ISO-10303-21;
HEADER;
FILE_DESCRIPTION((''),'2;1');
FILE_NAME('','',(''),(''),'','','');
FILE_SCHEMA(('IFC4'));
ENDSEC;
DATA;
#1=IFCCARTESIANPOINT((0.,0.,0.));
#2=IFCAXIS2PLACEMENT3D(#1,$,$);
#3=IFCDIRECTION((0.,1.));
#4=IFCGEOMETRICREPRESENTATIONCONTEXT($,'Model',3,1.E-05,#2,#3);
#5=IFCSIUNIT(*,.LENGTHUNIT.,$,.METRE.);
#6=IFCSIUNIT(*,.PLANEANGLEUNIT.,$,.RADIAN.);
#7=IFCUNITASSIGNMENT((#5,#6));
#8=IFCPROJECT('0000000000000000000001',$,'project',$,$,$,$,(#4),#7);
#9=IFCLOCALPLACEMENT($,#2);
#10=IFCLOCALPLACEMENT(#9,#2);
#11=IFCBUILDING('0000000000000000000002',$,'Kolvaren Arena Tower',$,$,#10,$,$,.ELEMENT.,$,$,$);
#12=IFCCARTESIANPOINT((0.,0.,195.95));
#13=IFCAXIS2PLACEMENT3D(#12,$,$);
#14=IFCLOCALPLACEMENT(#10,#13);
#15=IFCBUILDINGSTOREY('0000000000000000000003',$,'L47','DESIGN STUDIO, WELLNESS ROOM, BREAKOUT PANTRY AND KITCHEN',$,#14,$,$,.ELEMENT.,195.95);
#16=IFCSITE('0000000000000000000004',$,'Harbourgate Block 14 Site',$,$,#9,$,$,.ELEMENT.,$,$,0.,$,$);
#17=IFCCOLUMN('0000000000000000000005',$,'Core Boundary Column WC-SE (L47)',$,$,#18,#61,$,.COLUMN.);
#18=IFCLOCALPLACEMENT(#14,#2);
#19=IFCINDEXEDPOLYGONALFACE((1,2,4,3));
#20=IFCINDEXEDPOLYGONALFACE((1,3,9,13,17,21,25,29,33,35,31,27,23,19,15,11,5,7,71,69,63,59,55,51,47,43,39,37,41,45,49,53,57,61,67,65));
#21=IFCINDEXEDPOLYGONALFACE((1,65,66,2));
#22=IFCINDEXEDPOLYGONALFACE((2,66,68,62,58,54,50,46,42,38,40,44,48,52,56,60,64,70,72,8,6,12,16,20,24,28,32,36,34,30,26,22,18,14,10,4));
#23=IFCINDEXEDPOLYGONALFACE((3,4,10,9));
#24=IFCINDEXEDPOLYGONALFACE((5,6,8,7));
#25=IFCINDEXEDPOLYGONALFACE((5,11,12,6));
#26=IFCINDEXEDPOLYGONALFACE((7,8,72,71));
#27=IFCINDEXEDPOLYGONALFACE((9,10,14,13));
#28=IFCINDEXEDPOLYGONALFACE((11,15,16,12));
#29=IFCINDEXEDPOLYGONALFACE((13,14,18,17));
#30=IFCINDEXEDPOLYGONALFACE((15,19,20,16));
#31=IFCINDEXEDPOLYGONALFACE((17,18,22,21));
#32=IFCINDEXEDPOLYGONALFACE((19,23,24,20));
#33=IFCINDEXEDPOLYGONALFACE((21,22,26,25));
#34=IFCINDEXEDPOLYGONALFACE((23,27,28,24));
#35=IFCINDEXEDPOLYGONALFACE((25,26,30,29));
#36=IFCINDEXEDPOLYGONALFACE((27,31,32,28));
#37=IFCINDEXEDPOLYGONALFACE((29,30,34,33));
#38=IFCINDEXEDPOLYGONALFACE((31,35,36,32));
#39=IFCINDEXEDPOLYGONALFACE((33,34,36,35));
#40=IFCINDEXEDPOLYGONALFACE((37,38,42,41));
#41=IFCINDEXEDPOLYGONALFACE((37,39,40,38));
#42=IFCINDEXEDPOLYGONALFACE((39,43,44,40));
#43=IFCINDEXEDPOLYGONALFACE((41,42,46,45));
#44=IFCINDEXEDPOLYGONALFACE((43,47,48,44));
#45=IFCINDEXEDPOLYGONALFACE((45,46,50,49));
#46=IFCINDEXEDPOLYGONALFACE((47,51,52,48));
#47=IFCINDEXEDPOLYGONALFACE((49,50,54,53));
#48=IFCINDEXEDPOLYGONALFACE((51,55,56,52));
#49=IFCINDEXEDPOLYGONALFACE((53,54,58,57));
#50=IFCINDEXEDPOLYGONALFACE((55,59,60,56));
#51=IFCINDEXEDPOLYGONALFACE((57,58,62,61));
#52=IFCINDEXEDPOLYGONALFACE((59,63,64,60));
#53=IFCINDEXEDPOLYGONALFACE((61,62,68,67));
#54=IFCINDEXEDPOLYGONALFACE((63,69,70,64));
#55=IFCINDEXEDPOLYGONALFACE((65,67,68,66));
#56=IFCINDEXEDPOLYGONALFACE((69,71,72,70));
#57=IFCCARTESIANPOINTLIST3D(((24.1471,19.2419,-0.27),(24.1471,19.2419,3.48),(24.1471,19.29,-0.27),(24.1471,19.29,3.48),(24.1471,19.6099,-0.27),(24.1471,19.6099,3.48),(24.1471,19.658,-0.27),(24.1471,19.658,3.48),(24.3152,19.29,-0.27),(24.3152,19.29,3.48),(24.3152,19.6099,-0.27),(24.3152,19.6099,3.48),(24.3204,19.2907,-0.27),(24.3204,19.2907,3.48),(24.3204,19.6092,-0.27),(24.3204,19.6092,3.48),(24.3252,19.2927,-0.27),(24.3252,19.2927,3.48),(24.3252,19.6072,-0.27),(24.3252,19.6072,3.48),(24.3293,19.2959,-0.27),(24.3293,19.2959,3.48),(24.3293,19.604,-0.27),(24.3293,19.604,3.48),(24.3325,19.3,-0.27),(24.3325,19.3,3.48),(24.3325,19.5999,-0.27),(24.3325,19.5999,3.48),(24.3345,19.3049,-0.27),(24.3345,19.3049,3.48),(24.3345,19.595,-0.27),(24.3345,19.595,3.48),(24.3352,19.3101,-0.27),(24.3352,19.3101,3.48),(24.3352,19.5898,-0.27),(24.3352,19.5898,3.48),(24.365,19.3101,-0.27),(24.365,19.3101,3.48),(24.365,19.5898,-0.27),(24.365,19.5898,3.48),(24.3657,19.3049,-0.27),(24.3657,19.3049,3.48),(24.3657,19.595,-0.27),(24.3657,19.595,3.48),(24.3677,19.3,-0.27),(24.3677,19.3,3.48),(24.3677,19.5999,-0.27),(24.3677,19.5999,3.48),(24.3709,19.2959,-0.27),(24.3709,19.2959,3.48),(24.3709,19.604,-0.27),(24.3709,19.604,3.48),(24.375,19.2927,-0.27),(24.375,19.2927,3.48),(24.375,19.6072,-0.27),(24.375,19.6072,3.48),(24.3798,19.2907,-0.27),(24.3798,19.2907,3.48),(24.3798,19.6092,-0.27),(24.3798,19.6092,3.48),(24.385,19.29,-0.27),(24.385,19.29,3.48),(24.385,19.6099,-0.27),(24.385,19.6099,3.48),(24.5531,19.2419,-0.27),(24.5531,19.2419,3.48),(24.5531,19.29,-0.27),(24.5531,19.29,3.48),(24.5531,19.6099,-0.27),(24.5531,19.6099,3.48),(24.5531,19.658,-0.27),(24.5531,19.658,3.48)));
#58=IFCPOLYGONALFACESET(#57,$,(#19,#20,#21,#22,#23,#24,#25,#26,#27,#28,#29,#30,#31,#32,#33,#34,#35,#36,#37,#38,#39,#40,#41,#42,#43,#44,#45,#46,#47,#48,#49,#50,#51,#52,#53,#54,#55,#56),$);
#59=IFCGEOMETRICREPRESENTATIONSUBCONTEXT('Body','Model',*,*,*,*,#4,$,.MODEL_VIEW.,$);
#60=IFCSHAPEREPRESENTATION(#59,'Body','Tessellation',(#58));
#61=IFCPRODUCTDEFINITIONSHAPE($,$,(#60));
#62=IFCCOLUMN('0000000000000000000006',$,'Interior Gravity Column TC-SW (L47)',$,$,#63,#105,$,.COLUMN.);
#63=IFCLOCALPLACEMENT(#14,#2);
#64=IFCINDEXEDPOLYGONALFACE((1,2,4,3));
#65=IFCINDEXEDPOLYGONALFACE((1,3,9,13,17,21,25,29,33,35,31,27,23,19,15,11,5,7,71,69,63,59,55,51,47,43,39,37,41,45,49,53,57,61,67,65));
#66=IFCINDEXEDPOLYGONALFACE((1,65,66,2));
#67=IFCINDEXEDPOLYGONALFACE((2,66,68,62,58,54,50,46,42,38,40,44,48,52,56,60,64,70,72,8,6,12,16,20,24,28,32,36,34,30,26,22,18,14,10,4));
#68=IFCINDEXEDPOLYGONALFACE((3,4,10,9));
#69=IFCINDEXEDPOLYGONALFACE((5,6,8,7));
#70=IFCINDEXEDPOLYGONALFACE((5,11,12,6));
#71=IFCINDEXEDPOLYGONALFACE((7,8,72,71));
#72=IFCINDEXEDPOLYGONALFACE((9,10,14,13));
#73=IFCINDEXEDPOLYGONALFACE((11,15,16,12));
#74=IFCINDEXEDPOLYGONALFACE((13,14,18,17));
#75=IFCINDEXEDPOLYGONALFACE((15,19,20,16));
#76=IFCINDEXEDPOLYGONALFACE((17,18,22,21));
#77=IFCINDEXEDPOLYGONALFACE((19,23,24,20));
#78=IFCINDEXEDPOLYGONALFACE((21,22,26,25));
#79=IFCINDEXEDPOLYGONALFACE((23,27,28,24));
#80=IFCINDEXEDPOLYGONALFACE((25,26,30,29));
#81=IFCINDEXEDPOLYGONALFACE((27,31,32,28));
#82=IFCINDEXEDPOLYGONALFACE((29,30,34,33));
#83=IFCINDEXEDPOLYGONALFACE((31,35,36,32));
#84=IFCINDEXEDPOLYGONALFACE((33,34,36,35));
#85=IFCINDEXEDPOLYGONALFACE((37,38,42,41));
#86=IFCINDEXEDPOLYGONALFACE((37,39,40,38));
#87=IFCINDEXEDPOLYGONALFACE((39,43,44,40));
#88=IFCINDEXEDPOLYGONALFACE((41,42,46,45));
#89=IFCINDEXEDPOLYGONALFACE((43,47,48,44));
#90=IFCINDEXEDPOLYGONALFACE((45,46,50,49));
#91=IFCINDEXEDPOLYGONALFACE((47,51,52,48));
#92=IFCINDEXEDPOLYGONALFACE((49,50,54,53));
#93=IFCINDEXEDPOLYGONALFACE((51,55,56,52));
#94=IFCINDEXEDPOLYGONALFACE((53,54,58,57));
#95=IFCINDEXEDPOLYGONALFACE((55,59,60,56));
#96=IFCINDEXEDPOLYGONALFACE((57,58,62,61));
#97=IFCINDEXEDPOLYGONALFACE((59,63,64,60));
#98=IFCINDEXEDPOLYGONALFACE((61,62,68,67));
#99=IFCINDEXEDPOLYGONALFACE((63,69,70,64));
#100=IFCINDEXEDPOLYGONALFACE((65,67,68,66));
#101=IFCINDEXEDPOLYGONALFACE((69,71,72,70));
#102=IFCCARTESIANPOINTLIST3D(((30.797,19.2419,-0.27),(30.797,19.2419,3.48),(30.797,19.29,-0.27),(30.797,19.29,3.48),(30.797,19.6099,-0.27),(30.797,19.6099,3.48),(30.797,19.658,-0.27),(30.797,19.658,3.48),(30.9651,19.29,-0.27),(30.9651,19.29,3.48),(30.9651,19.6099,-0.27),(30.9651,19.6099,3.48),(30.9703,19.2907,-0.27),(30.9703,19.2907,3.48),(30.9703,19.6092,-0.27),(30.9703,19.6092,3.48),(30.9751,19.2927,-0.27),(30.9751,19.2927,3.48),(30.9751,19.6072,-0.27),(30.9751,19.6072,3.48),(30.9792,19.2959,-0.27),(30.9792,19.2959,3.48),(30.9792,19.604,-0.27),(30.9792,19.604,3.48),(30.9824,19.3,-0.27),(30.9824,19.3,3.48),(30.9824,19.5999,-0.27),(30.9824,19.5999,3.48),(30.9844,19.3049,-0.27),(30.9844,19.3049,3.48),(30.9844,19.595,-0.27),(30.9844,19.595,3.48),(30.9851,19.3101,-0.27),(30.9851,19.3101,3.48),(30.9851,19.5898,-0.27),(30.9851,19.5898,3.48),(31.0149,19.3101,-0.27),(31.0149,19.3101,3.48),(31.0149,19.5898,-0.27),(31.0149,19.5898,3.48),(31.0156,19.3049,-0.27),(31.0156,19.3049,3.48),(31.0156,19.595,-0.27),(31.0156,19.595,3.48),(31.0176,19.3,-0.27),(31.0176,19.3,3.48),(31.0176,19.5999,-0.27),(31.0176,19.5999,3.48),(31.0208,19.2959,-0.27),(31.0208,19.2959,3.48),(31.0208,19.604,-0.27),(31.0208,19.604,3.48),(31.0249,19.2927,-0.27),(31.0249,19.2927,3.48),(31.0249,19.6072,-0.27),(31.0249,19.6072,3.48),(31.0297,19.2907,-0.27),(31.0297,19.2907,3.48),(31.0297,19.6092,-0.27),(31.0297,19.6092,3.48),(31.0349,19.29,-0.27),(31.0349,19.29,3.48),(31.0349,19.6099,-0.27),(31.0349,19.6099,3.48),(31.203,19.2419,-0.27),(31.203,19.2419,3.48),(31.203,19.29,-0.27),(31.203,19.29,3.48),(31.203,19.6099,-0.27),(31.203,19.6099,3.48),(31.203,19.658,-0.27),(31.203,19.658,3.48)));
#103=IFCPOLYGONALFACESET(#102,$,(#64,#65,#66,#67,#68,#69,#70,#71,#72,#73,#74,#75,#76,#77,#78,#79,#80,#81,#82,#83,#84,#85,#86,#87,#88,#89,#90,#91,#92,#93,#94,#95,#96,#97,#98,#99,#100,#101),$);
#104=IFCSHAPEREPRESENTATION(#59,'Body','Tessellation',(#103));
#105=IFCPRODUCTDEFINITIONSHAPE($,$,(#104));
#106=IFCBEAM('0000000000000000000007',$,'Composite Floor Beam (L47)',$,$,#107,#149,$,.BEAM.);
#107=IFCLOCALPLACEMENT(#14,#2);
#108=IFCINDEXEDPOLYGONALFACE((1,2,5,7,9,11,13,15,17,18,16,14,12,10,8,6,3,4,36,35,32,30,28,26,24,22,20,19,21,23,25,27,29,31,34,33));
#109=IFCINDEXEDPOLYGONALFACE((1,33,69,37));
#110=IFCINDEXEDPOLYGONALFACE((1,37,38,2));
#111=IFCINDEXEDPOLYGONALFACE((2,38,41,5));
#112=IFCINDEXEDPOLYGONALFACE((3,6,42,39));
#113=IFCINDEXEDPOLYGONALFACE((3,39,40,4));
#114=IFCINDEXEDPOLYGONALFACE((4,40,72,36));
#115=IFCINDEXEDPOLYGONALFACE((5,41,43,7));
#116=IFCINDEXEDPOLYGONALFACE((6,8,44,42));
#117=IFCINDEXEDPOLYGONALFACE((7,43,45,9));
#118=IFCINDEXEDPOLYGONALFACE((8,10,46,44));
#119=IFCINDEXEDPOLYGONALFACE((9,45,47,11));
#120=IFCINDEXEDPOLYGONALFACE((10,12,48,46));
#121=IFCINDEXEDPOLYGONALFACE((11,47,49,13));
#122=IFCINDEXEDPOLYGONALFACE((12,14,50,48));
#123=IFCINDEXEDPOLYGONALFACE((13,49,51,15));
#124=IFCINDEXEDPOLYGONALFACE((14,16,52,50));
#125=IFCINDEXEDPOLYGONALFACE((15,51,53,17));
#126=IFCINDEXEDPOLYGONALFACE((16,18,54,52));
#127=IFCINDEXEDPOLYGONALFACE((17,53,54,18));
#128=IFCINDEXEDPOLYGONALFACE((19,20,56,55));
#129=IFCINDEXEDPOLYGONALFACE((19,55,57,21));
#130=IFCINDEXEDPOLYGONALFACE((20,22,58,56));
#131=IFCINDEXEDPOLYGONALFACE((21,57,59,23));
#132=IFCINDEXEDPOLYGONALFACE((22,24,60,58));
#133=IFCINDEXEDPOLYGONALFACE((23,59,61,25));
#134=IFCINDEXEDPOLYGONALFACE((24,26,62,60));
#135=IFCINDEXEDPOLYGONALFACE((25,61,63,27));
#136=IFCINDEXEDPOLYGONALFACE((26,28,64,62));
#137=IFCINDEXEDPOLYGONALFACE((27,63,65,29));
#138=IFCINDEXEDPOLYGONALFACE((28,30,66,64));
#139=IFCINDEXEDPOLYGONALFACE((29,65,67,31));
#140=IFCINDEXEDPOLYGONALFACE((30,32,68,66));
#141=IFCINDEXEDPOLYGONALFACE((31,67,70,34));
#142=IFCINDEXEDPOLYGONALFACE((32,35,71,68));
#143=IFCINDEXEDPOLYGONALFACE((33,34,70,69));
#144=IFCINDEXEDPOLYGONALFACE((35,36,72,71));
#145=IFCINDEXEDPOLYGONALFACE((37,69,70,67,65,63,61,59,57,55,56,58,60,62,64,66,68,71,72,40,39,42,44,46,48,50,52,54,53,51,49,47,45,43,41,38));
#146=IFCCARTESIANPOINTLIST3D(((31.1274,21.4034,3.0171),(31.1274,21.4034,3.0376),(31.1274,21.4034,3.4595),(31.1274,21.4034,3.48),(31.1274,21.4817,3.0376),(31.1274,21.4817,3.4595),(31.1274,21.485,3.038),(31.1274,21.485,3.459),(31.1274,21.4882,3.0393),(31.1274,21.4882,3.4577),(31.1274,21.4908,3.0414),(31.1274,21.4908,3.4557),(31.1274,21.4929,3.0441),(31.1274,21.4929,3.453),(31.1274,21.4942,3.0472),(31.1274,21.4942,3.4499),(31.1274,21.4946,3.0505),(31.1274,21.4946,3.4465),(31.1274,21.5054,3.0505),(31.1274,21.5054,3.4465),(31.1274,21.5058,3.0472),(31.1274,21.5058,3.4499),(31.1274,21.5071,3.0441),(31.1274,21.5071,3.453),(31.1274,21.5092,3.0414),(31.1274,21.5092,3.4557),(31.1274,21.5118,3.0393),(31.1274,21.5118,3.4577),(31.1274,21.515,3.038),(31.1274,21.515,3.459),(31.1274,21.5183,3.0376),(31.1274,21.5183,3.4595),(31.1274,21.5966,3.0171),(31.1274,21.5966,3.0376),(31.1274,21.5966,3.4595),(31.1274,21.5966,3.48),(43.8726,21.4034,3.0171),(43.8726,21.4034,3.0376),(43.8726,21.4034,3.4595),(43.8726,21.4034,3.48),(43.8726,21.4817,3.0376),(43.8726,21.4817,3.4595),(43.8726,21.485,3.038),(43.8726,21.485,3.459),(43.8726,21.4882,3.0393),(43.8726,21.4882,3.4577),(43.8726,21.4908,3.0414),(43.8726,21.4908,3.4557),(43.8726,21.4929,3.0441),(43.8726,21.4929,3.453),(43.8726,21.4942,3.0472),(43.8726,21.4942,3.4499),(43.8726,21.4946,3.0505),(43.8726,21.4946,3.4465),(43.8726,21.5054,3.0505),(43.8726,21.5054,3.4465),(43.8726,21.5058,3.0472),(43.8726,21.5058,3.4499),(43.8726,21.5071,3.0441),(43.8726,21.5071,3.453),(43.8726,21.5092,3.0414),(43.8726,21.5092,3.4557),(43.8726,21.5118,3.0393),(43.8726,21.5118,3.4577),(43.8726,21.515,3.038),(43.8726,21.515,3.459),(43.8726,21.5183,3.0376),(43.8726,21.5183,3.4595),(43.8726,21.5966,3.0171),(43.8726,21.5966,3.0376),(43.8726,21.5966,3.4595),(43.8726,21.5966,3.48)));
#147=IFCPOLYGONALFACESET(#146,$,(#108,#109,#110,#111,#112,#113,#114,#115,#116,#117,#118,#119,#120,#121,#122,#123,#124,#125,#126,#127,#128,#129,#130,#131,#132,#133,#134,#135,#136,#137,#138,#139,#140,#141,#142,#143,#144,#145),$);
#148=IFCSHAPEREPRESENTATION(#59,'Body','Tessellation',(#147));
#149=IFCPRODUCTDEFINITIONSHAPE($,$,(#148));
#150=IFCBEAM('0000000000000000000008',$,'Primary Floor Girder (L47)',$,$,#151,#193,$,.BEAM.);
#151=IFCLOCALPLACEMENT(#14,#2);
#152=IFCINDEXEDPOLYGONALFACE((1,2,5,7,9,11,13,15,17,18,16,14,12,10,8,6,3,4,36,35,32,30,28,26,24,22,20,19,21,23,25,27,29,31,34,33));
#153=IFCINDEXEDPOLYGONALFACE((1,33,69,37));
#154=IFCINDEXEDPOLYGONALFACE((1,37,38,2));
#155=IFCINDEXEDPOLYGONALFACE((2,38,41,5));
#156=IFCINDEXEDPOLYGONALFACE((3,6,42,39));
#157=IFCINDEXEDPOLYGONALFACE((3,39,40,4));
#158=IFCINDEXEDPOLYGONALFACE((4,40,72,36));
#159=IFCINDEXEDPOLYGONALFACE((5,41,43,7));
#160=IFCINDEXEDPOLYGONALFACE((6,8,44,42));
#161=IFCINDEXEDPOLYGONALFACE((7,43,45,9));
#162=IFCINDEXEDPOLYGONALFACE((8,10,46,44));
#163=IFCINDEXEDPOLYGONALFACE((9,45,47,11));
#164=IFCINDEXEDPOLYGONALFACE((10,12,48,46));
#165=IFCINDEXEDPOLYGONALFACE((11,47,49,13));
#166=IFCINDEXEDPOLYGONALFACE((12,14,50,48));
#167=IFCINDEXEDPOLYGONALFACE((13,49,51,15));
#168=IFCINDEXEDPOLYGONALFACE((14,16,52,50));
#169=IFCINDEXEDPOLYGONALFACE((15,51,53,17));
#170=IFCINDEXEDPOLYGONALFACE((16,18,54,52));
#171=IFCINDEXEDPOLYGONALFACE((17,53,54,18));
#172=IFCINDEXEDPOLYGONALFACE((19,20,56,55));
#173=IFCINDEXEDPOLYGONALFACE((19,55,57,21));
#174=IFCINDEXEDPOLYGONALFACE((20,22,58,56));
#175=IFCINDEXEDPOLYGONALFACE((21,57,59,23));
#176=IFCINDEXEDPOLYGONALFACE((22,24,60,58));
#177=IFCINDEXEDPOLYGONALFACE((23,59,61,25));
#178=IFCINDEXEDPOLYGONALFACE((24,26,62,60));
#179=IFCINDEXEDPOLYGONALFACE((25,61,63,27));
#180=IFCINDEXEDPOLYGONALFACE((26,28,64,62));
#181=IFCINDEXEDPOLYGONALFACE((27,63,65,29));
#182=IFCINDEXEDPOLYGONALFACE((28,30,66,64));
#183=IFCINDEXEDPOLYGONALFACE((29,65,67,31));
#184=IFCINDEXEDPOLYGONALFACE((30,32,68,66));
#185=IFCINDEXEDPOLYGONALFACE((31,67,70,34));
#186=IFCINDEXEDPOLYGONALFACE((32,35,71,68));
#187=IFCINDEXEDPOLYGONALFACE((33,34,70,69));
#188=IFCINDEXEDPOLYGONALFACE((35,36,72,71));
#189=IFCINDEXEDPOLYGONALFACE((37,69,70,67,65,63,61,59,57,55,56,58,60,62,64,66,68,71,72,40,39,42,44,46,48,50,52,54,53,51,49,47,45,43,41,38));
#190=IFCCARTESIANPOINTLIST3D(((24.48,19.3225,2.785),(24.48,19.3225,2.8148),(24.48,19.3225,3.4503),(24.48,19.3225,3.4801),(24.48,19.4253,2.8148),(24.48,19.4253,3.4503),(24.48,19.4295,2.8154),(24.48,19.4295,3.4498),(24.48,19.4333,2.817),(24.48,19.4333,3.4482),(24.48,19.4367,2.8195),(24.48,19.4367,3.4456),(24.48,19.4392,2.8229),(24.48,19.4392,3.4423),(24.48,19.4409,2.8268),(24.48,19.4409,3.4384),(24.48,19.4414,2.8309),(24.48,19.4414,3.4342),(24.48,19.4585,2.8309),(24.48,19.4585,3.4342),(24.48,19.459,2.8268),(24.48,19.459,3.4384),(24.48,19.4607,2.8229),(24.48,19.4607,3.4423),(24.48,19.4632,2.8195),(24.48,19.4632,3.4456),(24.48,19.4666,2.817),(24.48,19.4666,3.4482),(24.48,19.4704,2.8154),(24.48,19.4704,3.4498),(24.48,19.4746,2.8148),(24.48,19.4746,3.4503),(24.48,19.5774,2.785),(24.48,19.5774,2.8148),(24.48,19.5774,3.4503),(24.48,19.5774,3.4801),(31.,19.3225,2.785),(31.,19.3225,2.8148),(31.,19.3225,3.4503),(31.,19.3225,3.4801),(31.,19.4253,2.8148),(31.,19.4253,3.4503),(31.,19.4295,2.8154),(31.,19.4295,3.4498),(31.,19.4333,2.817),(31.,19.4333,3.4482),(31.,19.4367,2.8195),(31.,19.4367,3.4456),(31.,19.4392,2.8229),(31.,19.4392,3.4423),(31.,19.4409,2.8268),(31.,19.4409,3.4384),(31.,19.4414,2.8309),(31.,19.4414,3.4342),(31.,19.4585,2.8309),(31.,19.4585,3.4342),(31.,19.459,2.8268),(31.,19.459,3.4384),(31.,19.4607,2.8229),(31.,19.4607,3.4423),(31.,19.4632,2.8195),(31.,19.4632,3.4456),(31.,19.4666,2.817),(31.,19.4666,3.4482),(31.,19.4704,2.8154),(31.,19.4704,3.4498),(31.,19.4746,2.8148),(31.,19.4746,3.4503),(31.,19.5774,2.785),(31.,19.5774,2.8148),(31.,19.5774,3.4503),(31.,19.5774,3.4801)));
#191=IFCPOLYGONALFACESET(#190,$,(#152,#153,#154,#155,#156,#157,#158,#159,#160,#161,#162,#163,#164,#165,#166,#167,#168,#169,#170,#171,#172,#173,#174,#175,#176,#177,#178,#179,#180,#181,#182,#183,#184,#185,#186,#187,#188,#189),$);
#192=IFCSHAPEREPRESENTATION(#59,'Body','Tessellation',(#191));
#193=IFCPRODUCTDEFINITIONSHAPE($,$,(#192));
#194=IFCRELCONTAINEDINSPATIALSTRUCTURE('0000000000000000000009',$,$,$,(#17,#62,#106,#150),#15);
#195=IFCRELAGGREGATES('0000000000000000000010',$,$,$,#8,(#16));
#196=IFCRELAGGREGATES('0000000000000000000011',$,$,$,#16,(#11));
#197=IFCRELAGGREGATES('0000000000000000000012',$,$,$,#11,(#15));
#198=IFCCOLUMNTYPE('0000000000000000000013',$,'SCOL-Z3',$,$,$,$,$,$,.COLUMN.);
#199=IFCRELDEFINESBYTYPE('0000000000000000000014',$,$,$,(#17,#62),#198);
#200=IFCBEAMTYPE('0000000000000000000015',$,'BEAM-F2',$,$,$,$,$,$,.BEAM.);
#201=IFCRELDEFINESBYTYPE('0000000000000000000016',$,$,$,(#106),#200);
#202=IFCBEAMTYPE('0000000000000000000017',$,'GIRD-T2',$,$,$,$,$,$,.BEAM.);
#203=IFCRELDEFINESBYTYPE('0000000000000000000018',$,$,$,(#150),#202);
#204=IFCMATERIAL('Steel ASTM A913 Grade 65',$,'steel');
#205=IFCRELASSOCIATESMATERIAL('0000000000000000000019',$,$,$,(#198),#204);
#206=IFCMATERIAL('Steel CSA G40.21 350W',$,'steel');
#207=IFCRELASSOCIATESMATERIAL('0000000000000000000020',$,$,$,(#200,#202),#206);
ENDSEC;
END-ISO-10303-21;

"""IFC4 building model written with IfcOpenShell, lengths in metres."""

from ifc_helpers import new_model, si_unit, direction, frame, origin, origin_2d, place, context, subcontext, project, spatial, i_section, extrude, material, material_profile, profile_set, type_object, element, save


model = new_model("IFC4")

# Units and contexts
model_context = context("Model", 3, precision=1e-05, world=origin(), true_north=direction((0.0, 1.0)))
body_context = subcontext(model_context, "Body", "Model", "MODEL_VIEW")
ifc_project = project(units=[si_unit("LENGTHUNIT", "METRE"), si_unit("PLANEANGLEUNIT", "RADIAN")], contexts=[model_context])

# Site, building, storey
site_placement = place(None, origin())
site = spatial("IfcSite", under=ifc_project, at=site_placement, Name="Harbourgate Block 14 Site", CompositionType="ELEMENT", RefElevation=0.0)
building_placement = place(site_placement, origin())
building = spatial("IfcBuilding", under=site, at=building_placement, Name="Kolvaren Arena Tower", CompositionType="ELEMENT")
storey_placement = place(building_placement, frame((0.0, 0.0, 195.95)))
storey = spatial("IfcBuildingStorey", under=building, at=storey_placement, Name="L47", Description="DESIGN STUDIO, WELLNESS ROOM, BREAKOUT PANTRY AND KITCHEN", CompositionType="ELEMENT", Elevation=195.95)

# Columns
ifc_material_1 = material(Name="Steel ASTM A913 Grade 65", Category="steel")
ifc_material_profile_1 = material_profile(ifc_material_1, i_section(OverallWidth=0.406, OverallDepth=0.416, WebThickness=0.0298, FlangeThickness=0.0481, FilletRadius=0.02, at=origin_2d()), Name="W360x382")
ifc_profile_set_1 = profile_set([ifc_material_profile_1], Name="Steel ASTM A913 Grade 65")
column_type = type_object("IfcColumnType", Name="SCOL-Z3", PredefinedType="COLUMN", material=ifc_profile_set_1)
for number, where, z_axis, x_axis, name in (
    (1, (24.3501, 19.45, -0.27), (0.0, 0.0, 1.0), (1.0, 0.0, 0.0), "Core Boundary Column WC-SE (L47)"),
    (2, (31.0, 19.45, -0.27), (0.0, 0.0, 1.0), (1.0, 0.0, 0.0), "Interior Gravity Column TC-SW (L47)"),
):
    element("IfcColumn", number, at=place(storey_placement, frame(where, z_axis=z_axis, x_axis=x_axis)), inside=storey, type_object=column_type, Name=name, PredefinedType="COLUMN", context=body_context, shape_type="SweptSolid", body=[
        extrude(i_section(OverallWidth=0.406, OverallDepth=0.416, WebThickness=0.0298, FlangeThickness=0.0481, FilletRadius=0.02, at=origin_2d()), origin(), (0.0, 0.0, 1.0), 3.75),
    ])

# Beams
ifc_material_2 = material(Name="Steel CSA G40.21 350W", Category="steel")
ifc_material_profile_2 = material_profile(ifc_material_2, i_section(OverallWidth=0.1931, OverallDepth=0.4629, WebThickness=0.0107, FlangeThickness=0.0205, FilletRadius=0.0129, at=origin_2d()), Name="W460x113")
ifc_profile_set_2 = profile_set([ifc_material_profile_2], Name="Steel CSA G40.21 350W")
beam_type_1 = type_object("IfcBeamType", Name="BEAM-F2", PredefinedType="BEAM", material=ifc_profile_set_2)
beam_1_placement = place(storey_placement, frame((31.1274, 21.5, 3.2485), z_axis=(1.0, 0.0, 0.0), x_axis=(0.0, 1.0, 0.0)))
element("IfcBeam", 3, at=beam_1_placement, inside=storey, type_object=beam_type_1, Name="Composite Floor Beam (L47)", PredefinedType="BEAM", context=body_context, shape_type="SweptSolid", body=[
    extrude(i_section(OverallWidth=0.1931, OverallDepth=0.4629, WebThickness=0.0107, FlangeThickness=0.0205, FilletRadius=0.0129, at=origin_2d()), origin(), (0.0, 0.0, 1.0), 12.7451),
])
ifc_material_profile_3 = material_profile(ifc_material_2, i_section(OverallWidth=0.2549, OverallDepth=0.6951, WebThickness=0.0171, FlangeThickness=0.0298, FilletRadius=0.0161, at=origin_2d()), Name="W690x217")
ifc_profile_set_3 = profile_set([ifc_material_profile_3], Name="Steel CSA G40.21 350W")
beam_type_2 = type_object("IfcBeamType", Name="GIRD-T2", PredefinedType="BEAM", material=ifc_profile_set_3)
beam_2_placement = place(storey_placement, frame((24.48, 19.45, 3.1326), z_axis=(1.0, 0.0, 0.0), x_axis=(0.0, 1.0, 0.0)))
element("IfcBeam", 4, at=beam_2_placement, inside=storey, type_object=beam_type_2, Name="Primary Floor Girder (L47)", PredefinedType="BEAM", context=body_context, shape_type="SweptSolid", body=[
    extrude(i_section(OverallWidth=0.2549, OverallDepth=0.6951, WebThickness=0.0171, FlangeThickness=0.0298, FilletRadius=0.0161, at=origin_2d()), origin(), (0.0, 0.0, 1.0), 6.52),
])

save(model, "model.ifc")
